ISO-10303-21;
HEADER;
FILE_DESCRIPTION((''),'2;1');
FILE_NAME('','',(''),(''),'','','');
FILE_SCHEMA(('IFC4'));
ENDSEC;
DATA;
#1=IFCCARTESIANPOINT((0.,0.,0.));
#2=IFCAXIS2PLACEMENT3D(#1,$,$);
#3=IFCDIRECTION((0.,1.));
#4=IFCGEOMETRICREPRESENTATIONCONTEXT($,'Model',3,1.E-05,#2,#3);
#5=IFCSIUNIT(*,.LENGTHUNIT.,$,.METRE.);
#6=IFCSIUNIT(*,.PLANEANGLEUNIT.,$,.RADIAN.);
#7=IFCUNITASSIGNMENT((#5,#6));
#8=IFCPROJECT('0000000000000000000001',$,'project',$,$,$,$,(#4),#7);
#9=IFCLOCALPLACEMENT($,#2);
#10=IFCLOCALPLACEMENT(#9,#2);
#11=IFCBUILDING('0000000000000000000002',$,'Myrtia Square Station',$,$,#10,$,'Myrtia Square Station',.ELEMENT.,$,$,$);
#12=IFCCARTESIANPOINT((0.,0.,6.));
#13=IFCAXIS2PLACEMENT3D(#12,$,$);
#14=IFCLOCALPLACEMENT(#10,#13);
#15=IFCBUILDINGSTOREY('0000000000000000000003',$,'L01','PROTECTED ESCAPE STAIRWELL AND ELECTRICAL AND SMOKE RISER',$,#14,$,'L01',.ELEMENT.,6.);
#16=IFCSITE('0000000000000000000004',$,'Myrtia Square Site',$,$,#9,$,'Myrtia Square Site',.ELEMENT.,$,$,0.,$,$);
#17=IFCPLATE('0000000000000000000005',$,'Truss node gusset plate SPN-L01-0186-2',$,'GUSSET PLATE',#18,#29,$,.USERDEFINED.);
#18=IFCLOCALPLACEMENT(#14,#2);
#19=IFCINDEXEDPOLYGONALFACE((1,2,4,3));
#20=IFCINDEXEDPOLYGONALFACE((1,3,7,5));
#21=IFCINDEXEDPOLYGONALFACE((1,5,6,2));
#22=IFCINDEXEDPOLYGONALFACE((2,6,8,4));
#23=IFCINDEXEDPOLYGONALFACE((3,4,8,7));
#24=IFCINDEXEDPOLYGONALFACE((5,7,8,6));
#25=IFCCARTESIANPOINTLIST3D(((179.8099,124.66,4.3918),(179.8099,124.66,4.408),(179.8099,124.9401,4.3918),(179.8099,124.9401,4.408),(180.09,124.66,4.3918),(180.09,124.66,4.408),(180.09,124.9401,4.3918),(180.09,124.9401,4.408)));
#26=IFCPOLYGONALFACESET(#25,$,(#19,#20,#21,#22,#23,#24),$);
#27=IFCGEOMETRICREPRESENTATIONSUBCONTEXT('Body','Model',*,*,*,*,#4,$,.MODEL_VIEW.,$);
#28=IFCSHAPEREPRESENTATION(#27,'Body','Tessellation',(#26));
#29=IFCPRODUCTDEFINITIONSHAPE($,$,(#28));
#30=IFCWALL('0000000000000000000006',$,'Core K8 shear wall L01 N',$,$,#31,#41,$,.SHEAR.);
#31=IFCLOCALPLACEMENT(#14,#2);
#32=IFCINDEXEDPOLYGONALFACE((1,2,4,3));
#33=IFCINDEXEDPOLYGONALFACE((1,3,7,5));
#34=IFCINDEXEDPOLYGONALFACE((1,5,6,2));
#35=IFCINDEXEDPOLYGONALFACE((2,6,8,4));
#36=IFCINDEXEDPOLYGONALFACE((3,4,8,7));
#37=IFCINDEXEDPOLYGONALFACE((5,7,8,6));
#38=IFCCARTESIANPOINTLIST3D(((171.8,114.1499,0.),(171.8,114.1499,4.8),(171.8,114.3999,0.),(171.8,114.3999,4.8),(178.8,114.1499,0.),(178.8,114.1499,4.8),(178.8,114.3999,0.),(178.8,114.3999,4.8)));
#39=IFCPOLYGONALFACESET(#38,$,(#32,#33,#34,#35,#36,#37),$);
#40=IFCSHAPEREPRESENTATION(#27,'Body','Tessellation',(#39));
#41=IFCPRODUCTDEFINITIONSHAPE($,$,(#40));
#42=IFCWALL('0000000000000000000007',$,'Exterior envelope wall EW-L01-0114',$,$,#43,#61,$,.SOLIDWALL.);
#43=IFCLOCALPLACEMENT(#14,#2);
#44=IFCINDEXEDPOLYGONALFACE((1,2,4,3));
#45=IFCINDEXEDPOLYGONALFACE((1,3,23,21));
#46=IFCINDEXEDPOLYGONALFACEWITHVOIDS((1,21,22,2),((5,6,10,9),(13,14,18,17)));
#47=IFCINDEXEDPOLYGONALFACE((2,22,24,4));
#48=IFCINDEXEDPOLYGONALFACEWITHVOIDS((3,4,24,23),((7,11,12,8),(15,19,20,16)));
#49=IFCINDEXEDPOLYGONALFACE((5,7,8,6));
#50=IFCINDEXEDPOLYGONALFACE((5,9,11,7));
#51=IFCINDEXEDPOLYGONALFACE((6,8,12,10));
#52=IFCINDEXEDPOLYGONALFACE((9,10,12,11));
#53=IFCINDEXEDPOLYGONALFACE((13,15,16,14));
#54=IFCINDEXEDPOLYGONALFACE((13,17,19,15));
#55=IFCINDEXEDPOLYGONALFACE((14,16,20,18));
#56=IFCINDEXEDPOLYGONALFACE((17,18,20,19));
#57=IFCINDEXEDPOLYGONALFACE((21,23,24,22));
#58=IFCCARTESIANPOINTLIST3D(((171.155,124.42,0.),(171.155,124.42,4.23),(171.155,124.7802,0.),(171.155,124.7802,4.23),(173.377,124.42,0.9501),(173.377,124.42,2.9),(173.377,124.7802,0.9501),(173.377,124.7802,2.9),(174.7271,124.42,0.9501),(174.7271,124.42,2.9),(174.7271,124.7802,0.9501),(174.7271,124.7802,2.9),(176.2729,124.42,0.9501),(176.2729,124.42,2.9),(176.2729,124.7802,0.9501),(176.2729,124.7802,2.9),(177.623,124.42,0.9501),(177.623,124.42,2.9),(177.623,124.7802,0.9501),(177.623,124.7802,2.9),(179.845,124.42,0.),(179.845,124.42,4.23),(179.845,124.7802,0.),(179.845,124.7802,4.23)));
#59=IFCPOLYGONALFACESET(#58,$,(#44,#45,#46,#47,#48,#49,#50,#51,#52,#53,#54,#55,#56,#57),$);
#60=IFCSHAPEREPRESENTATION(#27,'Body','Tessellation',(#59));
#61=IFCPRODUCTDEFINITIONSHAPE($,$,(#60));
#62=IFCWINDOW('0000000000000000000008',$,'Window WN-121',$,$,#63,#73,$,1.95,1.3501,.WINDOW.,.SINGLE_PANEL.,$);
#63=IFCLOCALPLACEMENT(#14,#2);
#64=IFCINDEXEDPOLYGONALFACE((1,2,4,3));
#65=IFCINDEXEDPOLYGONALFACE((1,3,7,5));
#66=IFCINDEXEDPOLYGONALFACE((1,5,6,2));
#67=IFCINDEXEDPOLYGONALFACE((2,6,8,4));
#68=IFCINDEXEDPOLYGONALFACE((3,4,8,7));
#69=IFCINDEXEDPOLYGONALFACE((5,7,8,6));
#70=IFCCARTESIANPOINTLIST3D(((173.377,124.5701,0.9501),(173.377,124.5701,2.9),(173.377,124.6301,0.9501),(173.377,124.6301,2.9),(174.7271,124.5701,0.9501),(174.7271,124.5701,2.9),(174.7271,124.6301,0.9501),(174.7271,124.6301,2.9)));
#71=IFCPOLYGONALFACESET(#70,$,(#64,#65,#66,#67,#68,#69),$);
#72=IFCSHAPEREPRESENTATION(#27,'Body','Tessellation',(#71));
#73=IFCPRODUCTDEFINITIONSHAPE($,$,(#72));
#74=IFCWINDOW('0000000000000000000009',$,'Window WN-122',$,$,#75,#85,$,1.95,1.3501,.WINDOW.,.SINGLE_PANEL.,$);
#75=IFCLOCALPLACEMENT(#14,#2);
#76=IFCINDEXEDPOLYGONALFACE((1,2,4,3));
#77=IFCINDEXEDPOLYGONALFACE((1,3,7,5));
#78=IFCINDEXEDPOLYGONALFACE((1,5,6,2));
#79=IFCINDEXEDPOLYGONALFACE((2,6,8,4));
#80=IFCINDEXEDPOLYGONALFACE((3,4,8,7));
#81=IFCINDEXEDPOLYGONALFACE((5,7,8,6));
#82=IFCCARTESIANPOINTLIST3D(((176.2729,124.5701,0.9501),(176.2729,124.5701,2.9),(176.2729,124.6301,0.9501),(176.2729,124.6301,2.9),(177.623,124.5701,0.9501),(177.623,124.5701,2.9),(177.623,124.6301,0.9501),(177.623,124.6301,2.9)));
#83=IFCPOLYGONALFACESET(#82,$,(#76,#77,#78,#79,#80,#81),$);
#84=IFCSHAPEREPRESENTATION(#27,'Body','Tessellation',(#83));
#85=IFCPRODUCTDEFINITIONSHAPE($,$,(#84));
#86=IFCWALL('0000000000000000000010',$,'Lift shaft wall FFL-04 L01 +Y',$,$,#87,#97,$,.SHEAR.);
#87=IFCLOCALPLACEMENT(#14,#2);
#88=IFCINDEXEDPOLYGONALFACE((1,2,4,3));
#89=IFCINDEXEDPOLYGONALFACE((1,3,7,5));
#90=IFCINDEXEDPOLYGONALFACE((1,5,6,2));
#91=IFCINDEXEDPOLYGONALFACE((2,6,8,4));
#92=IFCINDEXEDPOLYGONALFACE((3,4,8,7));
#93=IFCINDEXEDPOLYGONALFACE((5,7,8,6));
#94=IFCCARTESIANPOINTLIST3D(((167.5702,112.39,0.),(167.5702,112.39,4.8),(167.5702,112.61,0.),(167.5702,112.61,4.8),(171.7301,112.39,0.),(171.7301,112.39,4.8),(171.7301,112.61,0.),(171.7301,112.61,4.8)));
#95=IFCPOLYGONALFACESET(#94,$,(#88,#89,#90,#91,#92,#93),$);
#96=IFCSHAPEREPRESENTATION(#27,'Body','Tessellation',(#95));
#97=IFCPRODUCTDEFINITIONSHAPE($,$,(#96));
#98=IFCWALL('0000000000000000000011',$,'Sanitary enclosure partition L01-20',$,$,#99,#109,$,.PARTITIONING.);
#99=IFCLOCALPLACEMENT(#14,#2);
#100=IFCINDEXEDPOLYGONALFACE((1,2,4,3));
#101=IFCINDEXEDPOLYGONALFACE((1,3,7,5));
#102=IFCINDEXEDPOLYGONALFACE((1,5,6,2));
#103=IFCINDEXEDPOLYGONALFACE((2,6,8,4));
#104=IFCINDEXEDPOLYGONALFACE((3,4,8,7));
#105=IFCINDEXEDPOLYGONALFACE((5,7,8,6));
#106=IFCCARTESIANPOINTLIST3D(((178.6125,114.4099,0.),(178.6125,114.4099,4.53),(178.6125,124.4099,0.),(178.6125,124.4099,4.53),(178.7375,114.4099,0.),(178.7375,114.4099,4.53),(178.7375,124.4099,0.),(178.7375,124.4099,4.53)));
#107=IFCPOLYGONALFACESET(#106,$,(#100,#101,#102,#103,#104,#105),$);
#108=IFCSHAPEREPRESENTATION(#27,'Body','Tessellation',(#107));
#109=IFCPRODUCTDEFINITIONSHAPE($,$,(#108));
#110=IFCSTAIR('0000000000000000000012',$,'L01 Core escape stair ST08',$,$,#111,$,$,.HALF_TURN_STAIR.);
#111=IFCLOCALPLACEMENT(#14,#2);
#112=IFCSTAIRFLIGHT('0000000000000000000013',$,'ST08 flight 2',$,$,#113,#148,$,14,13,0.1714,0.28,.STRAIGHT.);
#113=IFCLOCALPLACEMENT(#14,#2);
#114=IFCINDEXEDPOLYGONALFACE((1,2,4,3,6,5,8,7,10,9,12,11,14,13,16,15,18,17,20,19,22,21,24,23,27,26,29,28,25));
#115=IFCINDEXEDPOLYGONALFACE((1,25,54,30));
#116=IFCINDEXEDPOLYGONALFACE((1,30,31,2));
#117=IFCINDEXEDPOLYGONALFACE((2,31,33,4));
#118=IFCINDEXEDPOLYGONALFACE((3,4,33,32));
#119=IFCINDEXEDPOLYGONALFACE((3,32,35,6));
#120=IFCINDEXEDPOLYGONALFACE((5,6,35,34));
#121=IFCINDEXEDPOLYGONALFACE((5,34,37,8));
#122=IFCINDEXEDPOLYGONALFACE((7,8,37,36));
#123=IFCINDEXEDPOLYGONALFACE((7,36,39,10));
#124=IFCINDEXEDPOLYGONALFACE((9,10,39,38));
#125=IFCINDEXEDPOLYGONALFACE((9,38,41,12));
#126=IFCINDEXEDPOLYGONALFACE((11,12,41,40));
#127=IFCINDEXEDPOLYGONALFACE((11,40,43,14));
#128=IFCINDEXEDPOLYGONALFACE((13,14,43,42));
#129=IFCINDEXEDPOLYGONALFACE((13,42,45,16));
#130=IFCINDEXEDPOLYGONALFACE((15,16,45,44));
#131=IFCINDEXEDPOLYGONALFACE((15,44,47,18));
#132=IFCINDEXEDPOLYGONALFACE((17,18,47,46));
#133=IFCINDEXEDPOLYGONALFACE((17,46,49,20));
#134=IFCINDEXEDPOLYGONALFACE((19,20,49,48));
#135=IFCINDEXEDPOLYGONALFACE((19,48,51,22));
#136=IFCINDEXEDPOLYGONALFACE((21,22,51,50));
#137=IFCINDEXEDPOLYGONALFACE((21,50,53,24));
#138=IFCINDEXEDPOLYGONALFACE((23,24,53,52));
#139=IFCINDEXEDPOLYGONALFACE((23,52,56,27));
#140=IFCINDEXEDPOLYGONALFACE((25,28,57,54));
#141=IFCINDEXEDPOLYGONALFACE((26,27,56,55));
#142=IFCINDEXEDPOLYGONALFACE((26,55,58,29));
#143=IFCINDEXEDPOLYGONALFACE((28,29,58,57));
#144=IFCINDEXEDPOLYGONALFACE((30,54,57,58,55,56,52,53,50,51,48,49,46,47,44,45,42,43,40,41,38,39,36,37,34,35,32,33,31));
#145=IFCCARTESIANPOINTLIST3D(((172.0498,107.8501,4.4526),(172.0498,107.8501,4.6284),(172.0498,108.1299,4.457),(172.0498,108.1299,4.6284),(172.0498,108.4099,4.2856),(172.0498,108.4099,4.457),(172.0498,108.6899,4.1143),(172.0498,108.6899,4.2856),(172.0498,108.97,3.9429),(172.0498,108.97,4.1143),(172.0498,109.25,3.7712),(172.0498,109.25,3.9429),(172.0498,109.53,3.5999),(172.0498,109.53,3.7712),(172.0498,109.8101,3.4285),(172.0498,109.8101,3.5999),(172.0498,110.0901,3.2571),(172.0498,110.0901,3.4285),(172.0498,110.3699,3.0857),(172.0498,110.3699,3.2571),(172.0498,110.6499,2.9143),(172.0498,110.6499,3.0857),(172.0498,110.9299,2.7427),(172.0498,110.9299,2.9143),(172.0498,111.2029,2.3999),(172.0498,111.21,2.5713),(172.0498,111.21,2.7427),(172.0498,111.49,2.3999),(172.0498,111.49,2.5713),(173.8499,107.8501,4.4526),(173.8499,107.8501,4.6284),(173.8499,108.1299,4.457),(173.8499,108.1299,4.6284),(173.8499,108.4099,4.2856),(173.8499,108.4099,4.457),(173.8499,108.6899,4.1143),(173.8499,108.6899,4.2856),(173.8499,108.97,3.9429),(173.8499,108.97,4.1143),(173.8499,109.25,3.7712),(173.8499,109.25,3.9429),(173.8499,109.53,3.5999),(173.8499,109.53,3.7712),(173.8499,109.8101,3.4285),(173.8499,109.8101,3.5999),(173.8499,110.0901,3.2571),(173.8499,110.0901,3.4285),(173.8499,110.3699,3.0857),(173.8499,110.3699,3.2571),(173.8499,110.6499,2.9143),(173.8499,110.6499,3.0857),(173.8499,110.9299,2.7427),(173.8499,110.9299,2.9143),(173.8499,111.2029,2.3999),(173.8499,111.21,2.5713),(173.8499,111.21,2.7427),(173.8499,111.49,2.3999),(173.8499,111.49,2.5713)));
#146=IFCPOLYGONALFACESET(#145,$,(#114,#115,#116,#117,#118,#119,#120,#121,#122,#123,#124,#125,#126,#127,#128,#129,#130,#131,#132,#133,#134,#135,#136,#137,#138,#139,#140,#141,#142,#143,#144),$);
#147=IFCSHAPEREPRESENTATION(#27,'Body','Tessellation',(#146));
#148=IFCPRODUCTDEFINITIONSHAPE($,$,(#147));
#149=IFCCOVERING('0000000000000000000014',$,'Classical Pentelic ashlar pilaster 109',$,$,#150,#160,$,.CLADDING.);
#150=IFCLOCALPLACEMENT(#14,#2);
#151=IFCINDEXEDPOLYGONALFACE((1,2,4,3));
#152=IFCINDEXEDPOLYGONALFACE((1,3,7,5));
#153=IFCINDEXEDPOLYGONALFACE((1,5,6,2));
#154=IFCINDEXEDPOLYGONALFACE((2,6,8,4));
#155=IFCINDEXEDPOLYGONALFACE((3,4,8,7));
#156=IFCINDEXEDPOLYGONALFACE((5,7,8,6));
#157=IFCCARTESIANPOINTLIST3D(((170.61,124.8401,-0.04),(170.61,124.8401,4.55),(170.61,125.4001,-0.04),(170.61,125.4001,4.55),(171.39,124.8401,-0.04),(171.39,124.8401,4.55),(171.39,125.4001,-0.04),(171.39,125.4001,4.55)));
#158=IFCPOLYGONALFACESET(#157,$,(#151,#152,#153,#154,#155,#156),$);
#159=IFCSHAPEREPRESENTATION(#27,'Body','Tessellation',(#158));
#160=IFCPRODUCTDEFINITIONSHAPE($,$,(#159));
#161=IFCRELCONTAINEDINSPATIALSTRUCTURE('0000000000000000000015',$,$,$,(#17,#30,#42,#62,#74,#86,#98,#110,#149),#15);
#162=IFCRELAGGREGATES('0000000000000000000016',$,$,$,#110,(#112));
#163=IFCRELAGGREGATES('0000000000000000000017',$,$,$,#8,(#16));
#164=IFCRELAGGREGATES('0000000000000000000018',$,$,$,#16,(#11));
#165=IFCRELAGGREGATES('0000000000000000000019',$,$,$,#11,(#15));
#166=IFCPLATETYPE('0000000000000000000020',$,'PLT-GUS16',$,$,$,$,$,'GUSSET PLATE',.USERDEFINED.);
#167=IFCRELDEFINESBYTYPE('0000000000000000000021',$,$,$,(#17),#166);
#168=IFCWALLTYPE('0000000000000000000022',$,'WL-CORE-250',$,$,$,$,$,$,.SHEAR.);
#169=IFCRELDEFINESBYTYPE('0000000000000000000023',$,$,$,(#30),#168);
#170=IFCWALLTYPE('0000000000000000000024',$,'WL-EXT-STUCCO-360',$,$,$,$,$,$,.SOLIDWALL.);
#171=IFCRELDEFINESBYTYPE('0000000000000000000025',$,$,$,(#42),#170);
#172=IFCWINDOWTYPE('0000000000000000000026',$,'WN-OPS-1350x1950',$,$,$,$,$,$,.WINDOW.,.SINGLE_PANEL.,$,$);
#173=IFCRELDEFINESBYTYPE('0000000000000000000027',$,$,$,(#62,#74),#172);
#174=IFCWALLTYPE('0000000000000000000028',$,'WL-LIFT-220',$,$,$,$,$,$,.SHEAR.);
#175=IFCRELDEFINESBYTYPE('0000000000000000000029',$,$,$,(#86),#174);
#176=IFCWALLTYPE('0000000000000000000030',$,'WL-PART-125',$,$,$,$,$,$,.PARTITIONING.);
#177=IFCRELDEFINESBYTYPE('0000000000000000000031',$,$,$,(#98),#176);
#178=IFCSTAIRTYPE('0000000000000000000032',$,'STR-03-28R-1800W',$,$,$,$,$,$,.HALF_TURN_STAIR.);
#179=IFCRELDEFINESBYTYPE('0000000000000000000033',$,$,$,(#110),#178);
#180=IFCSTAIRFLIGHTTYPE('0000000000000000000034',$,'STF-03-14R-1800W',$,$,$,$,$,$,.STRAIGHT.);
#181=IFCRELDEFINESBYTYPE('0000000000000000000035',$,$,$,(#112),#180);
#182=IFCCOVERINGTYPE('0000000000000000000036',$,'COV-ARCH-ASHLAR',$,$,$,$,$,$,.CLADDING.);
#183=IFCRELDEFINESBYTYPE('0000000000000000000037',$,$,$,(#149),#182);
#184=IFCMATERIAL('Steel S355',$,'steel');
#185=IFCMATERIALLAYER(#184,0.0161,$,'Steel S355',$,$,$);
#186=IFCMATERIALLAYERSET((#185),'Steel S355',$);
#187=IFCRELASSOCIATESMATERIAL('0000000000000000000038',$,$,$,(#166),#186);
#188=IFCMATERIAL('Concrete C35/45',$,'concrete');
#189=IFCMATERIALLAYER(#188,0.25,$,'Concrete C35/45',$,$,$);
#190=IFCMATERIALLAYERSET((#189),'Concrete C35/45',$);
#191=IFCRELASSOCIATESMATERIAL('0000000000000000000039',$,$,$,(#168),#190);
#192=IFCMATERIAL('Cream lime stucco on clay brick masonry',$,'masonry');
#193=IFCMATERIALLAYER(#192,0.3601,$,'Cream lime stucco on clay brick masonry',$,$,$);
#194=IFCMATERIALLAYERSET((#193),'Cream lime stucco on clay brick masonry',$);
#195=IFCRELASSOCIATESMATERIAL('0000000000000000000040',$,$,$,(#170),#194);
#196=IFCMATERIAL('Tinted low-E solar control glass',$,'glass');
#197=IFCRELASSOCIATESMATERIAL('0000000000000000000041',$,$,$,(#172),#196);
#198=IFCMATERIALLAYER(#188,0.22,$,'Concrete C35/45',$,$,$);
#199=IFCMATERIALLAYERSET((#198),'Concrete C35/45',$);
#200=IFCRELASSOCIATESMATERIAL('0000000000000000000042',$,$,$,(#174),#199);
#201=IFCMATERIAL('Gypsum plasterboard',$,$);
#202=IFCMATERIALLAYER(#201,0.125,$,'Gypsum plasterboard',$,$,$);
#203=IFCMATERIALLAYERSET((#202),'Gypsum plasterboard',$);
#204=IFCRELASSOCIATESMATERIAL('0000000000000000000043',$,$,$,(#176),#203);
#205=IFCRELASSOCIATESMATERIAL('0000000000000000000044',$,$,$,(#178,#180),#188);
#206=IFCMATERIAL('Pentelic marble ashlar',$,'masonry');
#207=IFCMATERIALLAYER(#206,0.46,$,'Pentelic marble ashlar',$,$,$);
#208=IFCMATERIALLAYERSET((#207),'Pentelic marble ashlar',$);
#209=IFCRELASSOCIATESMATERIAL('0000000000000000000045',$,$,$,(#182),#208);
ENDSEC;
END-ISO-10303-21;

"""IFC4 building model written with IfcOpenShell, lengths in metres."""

from ifc_helpers import new_model, si_unit, direction, frame, frame_2d, origin, origin_2d, place, context, subcontext, project, spatial, polyline, rectangle, outline, extrude, material, layer, layer_set, type_object, element, fill, aggregate, save


model = new_model("IFC4")

# Units and contexts
model_context = context("Model", 3, precision=1e-05, world=origin(), true_north=direction((0.0, 1.0)))
body_context = subcontext(model_context, "Body", "Model", "MODEL_VIEW")
ifc_project = project(units=[si_unit("LENGTHUNIT", "METRE"), si_unit("PLANEANGLEUNIT", "RADIAN")], contexts=[model_context])

# Site, building, storey
site_placement = place(None, origin())
site = spatial("IfcSite", under=ifc_project, at=site_placement, Name="Myrtia Square Site", LongName="Myrtia Square Site", CompositionType="ELEMENT", RefElevation=0.0)
building_placement = place(site_placement, origin())
building = spatial("IfcBuilding", under=site, at=building_placement, Name="Myrtia Square Station", LongName="Myrtia Square Station", CompositionType="ELEMENT")
storey_placement = place(building_placement, frame((0.0, 0.0, 6.0)))
storey = spatial("IfcBuildingStorey", under=building, at=storey_placement, Name="L01", Description="PROTECTED ESCAPE STAIRWELL AND ELECTRICAL AND SMOKE RISER", LongName="L01", CompositionType="ELEMENT", Elevation=6.0)

# Shared definitions
ifc_material_1 = material(Name="Steel S355", Category="steel")

# Plate
ifc_layer_1 = layer(ifc_material_1, 0.0161, Name="Steel S355")
ifc_layer_set_1 = layer_set([ifc_layer_1], Name="Steel S355")
plate_type = type_object("IfcPlateType", Name="PLT-GUS16", ElementType="GUSSET PLATE", PredefinedType="USERDEFINED", material=ifc_layer_set_1)
for number, where, z_axis, x_axis, name in (
    (1, (179.95, 124.8, 4.3918), (0.0, 0.0, 1.0), (1.0, 0.0, 0.0), "Truss node gusset plate SPN-L01-0186-2"),
):
    element("IfcPlate", number, at=place(storey_placement, frame(where, z_axis=z_axis, x_axis=x_axis)), inside=storey, type_object=plate_type, Name=name, ObjectType="GUSSET PLATE", PredefinedType="USERDEFINED", context=body_context, shape_type="SweptSolid", body=[
        extrude(rectangle(XDim=0.28, YDim=0.28, at=origin_2d()), origin(), (0.0, 0.0, 1.0), 0.0161),
    ])

# Wall
ifc_material_2 = material(Name="Concrete C35/45", Category="concrete")
ifc_layer_2 = layer(ifc_material_2, 0.25, Name="Concrete C35/45")
ifc_layer_set_2 = layer_set([ifc_layer_2], Name="Concrete C35/45")
wall_type_1 = type_object("IfcWallType", Name="WL-CORE-250", PredefinedType="SHEAR", material=ifc_layer_set_2)
wall_1_placement = place(storey_placement, frame((171.8, 114.2749, 0.0), z_axis=(0.0, 0.0, 1.0), x_axis=(1.0, 0.0, 0.0)))
element("IfcWall", 2, at=wall_1_placement, inside=storey, type_object=wall_type_1, Name="Core K8 shear wall L01 N", PredefinedType="SHEAR", context=body_context, shape_type="SweptSolid", body=[
    extrude(rectangle(XDim=7.0, YDim=0.25, at=frame_2d((3.5, 0.0))), origin(), (0.0, 0.0, 1.0), 4.8),
])

# Wall, openings, windows
ifc_material_3 = material(Name="Cream lime stucco on clay brick masonry", Category="masonry")
ifc_layer_3 = layer(ifc_material_3, 0.3601, Name="Cream lime stucco on clay brick masonry")
ifc_layer_set_3 = layer_set([ifc_layer_3], Name="Cream lime stucco on clay brick masonry")
wall_type_2 = type_object("IfcWallType", Name="WL-EXT-STUCCO-360", PredefinedType="SOLIDWALL", material=ifc_layer_set_3)
wall_2_placement = place(storey_placement, frame((171.155, 124.6001, 0.0), z_axis=(0.0, 0.0, 1.0), x_axis=(1.0, 0.0, 0.0)))
wall_2 = element("IfcWall", 3, at=wall_2_placement, inside=storey, type_object=wall_type_2, Name="Exterior envelope wall EW-L01-0114", PredefinedType="SOLIDWALL", context=body_context, shape_type="SweptSolid", body=[
    extrude(rectangle(XDim=8.6899, YDim=0.3601, at=frame_2d((4.345, 0.0))), origin(), (0.0, 0.0, 1.0), 4.23),
])
opening_1_placement = place(wall_2_placement, frame((2.2219, 0.0, 0.95)))
opening_1 = element("IfcOpeningElement", 4, at=opening_1_placement, cuts=wall_2, PredefinedType="OPENING", context=body_context, shape_type="SweptSolid", body=[
    extrude(rectangle(XDim=1.3501, YDim=1.95, at=frame_2d((0.675, 0.9751))), frame((0.0, 0.1951, 0.0), z_axis=(0.0, -1.0, 0.0), x_axis=(1.0, 0.0, 0.0)), (0.0, 0.0, 1.0), 0.3901),
])
opening_2_placement = place(wall_2_placement, frame((5.1179, 0.0, 0.95)))
opening_2 = element("IfcOpeningElement", 5, at=opening_2_placement, cuts=wall_2, PredefinedType="OPENING", context=body_context, shape_type="SweptSolid", body=[
    extrude(rectangle(XDim=1.3501, YDim=1.95, at=frame_2d((0.675, 0.9751))), frame((0.0, 0.1951, 0.0), z_axis=(0.0, -1.0, 0.0), x_axis=(1.0, 0.0, 0.0)), (0.0, 0.0, 1.0), 0.3901),
])
ifc_material_4 = material(Name="Tinted low-E solar control glass", Category="glass")
window_type = type_object("IfcWindowType", Name="WN-OPS-1350x1950", PartitioningType="SINGLE_PANEL", PredefinedType="WINDOW", material=ifc_material_4)
window_1_placement = place(opening_1_placement, origin())
window_1 = element("IfcWindow", 6, at=window_1_placement, inside=storey, type_object=window_type, Name="Window WN-121", OverallHeight=1.95, OverallWidth=1.3501, PartitioningType="SINGLE_PANEL", PredefinedType="WINDOW", context=body_context, shape_type="SweptSolid", body=[
    extrude(rectangle(XDim=1.3501, YDim=1.95, at=frame_2d((0.675, 0.9751))), frame((0.0, 0.03, 0.0), z_axis=(0.0, -1.0, 0.0), x_axis=(1.0, 0.0, 0.0)), (0.0, 0.0, 1.0), 0.0601),
])
fill(opening_1, window_1)
window_2_placement = place(opening_2_placement, origin())
window_2 = element("IfcWindow", 7, at=window_2_placement, inside=storey, type_object=window_type, Name="Window WN-122", OverallHeight=1.95, OverallWidth=1.3501, PartitioningType="SINGLE_PANEL", PredefinedType="WINDOW", context=body_context, shape_type="SweptSolid", body=[
    extrude(rectangle(XDim=1.3501, YDim=1.95, at=frame_2d((0.675, 0.9751))), frame((0.0, 0.03, 0.0), z_axis=(0.0, -1.0, 0.0), x_axis=(1.0, 0.0, 0.0)), (0.0, 0.0, 1.0), 0.0601),
])
fill(opening_2, window_2)

# Walls
ifc_layer_4 = layer(ifc_material_2, 0.22, Name="Concrete C35/45")
ifc_layer_set_4 = layer_set([ifc_layer_4], Name="Concrete C35/45")
wall_type_3 = type_object("IfcWallType", Name="WL-LIFT-220", PredefinedType="SHEAR", material=ifc_layer_set_4)
wall_3_placement = place(storey_placement, frame((167.5701, 112.5, 0.0), z_axis=(0.0, 0.0, 1.0), x_axis=(1.0, 0.0, 0.0)))
element("IfcWall", 8, at=wall_3_placement, inside=storey, type_object=wall_type_3, Name="Lift shaft wall FFL-04 L01 +Y", PredefinedType="SHEAR", context=body_context, shape_type="SweptSolid", body=[
    extrude(rectangle(XDim=4.1599, YDim=0.22, at=frame_2d((2.0801, 0.0))), origin(), (0.0, 0.0, 1.0), 4.8),
])
ifc_material_5 = material(Name="Gypsum plasterboard")
ifc_layer_5 = layer(ifc_material_5, 0.125, Name="Gypsum plasterboard")
ifc_layer_set_5 = layer_set([ifc_layer_5], Name="Gypsum plasterboard")
wall_type_4 = type_object("IfcWallType", Name="WL-PART-125", PredefinedType="PARTITIONING", material=ifc_layer_set_5)
wall_4_placement = place(storey_placement, frame((178.675, 114.4099, 0.0), z_axis=(0.0, 0.0, 1.0), x_axis=(0.0, 1.0, 0.0)))
element("IfcWall", 9, at=wall_4_placement, inside=storey, type_object=wall_type_4, Name="Sanitary enclosure partition L01-20", PredefinedType="PARTITIONING", context=body_context, shape_type="SweptSolid", body=[
    extrude(rectangle(XDim=10.0, YDim=0.125, at=frame_2d((5.0, 0.0))), origin(), (0.0, 0.0, 1.0), 4.53),
])

# Stair, stair flight
stair_type = type_object("IfcStairType", Name="STR-03-28R-1800W", PredefinedType="HALF_TURN_STAIR", material=ifc_material_2)
stair_placement = place(storey_placement, origin())
stair = element("IfcStair", 10, at=stair_placement, inside=storey, type_object=stair_type, Name="L01 Core escape stair ST08", PredefinedType="HALF_TURN_STAIR")
stair_flight_type = type_object("IfcStairFlightType", Name="STF-03-14R-1800W", PredefinedType="STRAIGHT", material=ifc_material_2)
stair_flight_placement = place(storey_placement, frame((172.95, 111.49, 2.3999), z_axis=(0.0, 0.0, 1.0), x_axis=(0.0, -1.0, 0.0)))
stair_flight = element("IfcStairFlight", 11, at=stair_flight_placement, type_object=stair_flight_type, Name="ST08 flight 2", NumberOfRisers=14, NumberOfTreads=13, PredefinedType="STRAIGHT", RiserHeight=0.1714, TreadLength=0.28, context=body_context, shape_type="SweptSolid", body=[
    extrude(outline(polyline([(0.0, 0.0), (0.0, 0.1714), (0.28, 0.1714), (0.28, 0.3428), (0.5601, 0.3428), (0.5601, 0.5144), (0.8401, 0.5144), (0.8401, 0.6858), (1.1201, 0.6858), (1.1201, 0.8572), (1.3999, 0.8572), (1.3999, 1.0286), (1.6799, 1.0286), (1.6799, 1.2), (1.96, 1.2), (1.96, 1.3713), (2.24, 1.3713), (2.24, 1.543), (2.52, 1.543), (2.52, 1.7144), (2.8, 1.7144), (2.8, 1.8857), (3.0801, 1.8857), (3.0801, 2.0571), (3.3601, 2.0571), (3.3601, 2.2285), (3.6399, 2.2285), (3.6399, 2.3999), (3.6399, 2.0527), (0.2871, 0.0), (0.0, 0.0)])), frame((0.0, 0.8999, 0.0), z_axis=(0.0, -1.0, 0.0), x_axis=(1.0, 0.0, 0.0)), (0.0, 0.0, 1.0), 1.8),
])
aggregate(stair, [stair_flight])

# Covering
ifc_material_6 = material(Name="Pentelic marble ashlar", Category="masonry")
ifc_layer_6 = layer(ifc_material_6, 0.46, Name="Pentelic marble ashlar")
ifc_layer_set_6 = layer_set([ifc_layer_6], Name="Pentelic marble ashlar")
covering_type = type_object("IfcCoveringType", Name="COV-ARCH-ASHLAR", PredefinedType="CLADDING", material=ifc_layer_set_6)
covering_placement = place(storey_placement, frame((171.0, 125.1201, -0.04), z_axis=(0.0, 0.0, 1.0), x_axis=(1.0, 0.0, 0.0)))
element("IfcCovering", 12, at=covering_placement, inside=storey, type_object=covering_type, Name="Classical Pentelic ashlar pilaster 109", PredefinedType="CLADDING", context=body_context, shape_type="SweptSolid", body=[
    extrude(rectangle(XDim=0.78, YDim=0.5601, at=origin_2d()), origin(), (0.0, 0.0, 1.0), 4.5901),
])

save(model, "model.ifc")
